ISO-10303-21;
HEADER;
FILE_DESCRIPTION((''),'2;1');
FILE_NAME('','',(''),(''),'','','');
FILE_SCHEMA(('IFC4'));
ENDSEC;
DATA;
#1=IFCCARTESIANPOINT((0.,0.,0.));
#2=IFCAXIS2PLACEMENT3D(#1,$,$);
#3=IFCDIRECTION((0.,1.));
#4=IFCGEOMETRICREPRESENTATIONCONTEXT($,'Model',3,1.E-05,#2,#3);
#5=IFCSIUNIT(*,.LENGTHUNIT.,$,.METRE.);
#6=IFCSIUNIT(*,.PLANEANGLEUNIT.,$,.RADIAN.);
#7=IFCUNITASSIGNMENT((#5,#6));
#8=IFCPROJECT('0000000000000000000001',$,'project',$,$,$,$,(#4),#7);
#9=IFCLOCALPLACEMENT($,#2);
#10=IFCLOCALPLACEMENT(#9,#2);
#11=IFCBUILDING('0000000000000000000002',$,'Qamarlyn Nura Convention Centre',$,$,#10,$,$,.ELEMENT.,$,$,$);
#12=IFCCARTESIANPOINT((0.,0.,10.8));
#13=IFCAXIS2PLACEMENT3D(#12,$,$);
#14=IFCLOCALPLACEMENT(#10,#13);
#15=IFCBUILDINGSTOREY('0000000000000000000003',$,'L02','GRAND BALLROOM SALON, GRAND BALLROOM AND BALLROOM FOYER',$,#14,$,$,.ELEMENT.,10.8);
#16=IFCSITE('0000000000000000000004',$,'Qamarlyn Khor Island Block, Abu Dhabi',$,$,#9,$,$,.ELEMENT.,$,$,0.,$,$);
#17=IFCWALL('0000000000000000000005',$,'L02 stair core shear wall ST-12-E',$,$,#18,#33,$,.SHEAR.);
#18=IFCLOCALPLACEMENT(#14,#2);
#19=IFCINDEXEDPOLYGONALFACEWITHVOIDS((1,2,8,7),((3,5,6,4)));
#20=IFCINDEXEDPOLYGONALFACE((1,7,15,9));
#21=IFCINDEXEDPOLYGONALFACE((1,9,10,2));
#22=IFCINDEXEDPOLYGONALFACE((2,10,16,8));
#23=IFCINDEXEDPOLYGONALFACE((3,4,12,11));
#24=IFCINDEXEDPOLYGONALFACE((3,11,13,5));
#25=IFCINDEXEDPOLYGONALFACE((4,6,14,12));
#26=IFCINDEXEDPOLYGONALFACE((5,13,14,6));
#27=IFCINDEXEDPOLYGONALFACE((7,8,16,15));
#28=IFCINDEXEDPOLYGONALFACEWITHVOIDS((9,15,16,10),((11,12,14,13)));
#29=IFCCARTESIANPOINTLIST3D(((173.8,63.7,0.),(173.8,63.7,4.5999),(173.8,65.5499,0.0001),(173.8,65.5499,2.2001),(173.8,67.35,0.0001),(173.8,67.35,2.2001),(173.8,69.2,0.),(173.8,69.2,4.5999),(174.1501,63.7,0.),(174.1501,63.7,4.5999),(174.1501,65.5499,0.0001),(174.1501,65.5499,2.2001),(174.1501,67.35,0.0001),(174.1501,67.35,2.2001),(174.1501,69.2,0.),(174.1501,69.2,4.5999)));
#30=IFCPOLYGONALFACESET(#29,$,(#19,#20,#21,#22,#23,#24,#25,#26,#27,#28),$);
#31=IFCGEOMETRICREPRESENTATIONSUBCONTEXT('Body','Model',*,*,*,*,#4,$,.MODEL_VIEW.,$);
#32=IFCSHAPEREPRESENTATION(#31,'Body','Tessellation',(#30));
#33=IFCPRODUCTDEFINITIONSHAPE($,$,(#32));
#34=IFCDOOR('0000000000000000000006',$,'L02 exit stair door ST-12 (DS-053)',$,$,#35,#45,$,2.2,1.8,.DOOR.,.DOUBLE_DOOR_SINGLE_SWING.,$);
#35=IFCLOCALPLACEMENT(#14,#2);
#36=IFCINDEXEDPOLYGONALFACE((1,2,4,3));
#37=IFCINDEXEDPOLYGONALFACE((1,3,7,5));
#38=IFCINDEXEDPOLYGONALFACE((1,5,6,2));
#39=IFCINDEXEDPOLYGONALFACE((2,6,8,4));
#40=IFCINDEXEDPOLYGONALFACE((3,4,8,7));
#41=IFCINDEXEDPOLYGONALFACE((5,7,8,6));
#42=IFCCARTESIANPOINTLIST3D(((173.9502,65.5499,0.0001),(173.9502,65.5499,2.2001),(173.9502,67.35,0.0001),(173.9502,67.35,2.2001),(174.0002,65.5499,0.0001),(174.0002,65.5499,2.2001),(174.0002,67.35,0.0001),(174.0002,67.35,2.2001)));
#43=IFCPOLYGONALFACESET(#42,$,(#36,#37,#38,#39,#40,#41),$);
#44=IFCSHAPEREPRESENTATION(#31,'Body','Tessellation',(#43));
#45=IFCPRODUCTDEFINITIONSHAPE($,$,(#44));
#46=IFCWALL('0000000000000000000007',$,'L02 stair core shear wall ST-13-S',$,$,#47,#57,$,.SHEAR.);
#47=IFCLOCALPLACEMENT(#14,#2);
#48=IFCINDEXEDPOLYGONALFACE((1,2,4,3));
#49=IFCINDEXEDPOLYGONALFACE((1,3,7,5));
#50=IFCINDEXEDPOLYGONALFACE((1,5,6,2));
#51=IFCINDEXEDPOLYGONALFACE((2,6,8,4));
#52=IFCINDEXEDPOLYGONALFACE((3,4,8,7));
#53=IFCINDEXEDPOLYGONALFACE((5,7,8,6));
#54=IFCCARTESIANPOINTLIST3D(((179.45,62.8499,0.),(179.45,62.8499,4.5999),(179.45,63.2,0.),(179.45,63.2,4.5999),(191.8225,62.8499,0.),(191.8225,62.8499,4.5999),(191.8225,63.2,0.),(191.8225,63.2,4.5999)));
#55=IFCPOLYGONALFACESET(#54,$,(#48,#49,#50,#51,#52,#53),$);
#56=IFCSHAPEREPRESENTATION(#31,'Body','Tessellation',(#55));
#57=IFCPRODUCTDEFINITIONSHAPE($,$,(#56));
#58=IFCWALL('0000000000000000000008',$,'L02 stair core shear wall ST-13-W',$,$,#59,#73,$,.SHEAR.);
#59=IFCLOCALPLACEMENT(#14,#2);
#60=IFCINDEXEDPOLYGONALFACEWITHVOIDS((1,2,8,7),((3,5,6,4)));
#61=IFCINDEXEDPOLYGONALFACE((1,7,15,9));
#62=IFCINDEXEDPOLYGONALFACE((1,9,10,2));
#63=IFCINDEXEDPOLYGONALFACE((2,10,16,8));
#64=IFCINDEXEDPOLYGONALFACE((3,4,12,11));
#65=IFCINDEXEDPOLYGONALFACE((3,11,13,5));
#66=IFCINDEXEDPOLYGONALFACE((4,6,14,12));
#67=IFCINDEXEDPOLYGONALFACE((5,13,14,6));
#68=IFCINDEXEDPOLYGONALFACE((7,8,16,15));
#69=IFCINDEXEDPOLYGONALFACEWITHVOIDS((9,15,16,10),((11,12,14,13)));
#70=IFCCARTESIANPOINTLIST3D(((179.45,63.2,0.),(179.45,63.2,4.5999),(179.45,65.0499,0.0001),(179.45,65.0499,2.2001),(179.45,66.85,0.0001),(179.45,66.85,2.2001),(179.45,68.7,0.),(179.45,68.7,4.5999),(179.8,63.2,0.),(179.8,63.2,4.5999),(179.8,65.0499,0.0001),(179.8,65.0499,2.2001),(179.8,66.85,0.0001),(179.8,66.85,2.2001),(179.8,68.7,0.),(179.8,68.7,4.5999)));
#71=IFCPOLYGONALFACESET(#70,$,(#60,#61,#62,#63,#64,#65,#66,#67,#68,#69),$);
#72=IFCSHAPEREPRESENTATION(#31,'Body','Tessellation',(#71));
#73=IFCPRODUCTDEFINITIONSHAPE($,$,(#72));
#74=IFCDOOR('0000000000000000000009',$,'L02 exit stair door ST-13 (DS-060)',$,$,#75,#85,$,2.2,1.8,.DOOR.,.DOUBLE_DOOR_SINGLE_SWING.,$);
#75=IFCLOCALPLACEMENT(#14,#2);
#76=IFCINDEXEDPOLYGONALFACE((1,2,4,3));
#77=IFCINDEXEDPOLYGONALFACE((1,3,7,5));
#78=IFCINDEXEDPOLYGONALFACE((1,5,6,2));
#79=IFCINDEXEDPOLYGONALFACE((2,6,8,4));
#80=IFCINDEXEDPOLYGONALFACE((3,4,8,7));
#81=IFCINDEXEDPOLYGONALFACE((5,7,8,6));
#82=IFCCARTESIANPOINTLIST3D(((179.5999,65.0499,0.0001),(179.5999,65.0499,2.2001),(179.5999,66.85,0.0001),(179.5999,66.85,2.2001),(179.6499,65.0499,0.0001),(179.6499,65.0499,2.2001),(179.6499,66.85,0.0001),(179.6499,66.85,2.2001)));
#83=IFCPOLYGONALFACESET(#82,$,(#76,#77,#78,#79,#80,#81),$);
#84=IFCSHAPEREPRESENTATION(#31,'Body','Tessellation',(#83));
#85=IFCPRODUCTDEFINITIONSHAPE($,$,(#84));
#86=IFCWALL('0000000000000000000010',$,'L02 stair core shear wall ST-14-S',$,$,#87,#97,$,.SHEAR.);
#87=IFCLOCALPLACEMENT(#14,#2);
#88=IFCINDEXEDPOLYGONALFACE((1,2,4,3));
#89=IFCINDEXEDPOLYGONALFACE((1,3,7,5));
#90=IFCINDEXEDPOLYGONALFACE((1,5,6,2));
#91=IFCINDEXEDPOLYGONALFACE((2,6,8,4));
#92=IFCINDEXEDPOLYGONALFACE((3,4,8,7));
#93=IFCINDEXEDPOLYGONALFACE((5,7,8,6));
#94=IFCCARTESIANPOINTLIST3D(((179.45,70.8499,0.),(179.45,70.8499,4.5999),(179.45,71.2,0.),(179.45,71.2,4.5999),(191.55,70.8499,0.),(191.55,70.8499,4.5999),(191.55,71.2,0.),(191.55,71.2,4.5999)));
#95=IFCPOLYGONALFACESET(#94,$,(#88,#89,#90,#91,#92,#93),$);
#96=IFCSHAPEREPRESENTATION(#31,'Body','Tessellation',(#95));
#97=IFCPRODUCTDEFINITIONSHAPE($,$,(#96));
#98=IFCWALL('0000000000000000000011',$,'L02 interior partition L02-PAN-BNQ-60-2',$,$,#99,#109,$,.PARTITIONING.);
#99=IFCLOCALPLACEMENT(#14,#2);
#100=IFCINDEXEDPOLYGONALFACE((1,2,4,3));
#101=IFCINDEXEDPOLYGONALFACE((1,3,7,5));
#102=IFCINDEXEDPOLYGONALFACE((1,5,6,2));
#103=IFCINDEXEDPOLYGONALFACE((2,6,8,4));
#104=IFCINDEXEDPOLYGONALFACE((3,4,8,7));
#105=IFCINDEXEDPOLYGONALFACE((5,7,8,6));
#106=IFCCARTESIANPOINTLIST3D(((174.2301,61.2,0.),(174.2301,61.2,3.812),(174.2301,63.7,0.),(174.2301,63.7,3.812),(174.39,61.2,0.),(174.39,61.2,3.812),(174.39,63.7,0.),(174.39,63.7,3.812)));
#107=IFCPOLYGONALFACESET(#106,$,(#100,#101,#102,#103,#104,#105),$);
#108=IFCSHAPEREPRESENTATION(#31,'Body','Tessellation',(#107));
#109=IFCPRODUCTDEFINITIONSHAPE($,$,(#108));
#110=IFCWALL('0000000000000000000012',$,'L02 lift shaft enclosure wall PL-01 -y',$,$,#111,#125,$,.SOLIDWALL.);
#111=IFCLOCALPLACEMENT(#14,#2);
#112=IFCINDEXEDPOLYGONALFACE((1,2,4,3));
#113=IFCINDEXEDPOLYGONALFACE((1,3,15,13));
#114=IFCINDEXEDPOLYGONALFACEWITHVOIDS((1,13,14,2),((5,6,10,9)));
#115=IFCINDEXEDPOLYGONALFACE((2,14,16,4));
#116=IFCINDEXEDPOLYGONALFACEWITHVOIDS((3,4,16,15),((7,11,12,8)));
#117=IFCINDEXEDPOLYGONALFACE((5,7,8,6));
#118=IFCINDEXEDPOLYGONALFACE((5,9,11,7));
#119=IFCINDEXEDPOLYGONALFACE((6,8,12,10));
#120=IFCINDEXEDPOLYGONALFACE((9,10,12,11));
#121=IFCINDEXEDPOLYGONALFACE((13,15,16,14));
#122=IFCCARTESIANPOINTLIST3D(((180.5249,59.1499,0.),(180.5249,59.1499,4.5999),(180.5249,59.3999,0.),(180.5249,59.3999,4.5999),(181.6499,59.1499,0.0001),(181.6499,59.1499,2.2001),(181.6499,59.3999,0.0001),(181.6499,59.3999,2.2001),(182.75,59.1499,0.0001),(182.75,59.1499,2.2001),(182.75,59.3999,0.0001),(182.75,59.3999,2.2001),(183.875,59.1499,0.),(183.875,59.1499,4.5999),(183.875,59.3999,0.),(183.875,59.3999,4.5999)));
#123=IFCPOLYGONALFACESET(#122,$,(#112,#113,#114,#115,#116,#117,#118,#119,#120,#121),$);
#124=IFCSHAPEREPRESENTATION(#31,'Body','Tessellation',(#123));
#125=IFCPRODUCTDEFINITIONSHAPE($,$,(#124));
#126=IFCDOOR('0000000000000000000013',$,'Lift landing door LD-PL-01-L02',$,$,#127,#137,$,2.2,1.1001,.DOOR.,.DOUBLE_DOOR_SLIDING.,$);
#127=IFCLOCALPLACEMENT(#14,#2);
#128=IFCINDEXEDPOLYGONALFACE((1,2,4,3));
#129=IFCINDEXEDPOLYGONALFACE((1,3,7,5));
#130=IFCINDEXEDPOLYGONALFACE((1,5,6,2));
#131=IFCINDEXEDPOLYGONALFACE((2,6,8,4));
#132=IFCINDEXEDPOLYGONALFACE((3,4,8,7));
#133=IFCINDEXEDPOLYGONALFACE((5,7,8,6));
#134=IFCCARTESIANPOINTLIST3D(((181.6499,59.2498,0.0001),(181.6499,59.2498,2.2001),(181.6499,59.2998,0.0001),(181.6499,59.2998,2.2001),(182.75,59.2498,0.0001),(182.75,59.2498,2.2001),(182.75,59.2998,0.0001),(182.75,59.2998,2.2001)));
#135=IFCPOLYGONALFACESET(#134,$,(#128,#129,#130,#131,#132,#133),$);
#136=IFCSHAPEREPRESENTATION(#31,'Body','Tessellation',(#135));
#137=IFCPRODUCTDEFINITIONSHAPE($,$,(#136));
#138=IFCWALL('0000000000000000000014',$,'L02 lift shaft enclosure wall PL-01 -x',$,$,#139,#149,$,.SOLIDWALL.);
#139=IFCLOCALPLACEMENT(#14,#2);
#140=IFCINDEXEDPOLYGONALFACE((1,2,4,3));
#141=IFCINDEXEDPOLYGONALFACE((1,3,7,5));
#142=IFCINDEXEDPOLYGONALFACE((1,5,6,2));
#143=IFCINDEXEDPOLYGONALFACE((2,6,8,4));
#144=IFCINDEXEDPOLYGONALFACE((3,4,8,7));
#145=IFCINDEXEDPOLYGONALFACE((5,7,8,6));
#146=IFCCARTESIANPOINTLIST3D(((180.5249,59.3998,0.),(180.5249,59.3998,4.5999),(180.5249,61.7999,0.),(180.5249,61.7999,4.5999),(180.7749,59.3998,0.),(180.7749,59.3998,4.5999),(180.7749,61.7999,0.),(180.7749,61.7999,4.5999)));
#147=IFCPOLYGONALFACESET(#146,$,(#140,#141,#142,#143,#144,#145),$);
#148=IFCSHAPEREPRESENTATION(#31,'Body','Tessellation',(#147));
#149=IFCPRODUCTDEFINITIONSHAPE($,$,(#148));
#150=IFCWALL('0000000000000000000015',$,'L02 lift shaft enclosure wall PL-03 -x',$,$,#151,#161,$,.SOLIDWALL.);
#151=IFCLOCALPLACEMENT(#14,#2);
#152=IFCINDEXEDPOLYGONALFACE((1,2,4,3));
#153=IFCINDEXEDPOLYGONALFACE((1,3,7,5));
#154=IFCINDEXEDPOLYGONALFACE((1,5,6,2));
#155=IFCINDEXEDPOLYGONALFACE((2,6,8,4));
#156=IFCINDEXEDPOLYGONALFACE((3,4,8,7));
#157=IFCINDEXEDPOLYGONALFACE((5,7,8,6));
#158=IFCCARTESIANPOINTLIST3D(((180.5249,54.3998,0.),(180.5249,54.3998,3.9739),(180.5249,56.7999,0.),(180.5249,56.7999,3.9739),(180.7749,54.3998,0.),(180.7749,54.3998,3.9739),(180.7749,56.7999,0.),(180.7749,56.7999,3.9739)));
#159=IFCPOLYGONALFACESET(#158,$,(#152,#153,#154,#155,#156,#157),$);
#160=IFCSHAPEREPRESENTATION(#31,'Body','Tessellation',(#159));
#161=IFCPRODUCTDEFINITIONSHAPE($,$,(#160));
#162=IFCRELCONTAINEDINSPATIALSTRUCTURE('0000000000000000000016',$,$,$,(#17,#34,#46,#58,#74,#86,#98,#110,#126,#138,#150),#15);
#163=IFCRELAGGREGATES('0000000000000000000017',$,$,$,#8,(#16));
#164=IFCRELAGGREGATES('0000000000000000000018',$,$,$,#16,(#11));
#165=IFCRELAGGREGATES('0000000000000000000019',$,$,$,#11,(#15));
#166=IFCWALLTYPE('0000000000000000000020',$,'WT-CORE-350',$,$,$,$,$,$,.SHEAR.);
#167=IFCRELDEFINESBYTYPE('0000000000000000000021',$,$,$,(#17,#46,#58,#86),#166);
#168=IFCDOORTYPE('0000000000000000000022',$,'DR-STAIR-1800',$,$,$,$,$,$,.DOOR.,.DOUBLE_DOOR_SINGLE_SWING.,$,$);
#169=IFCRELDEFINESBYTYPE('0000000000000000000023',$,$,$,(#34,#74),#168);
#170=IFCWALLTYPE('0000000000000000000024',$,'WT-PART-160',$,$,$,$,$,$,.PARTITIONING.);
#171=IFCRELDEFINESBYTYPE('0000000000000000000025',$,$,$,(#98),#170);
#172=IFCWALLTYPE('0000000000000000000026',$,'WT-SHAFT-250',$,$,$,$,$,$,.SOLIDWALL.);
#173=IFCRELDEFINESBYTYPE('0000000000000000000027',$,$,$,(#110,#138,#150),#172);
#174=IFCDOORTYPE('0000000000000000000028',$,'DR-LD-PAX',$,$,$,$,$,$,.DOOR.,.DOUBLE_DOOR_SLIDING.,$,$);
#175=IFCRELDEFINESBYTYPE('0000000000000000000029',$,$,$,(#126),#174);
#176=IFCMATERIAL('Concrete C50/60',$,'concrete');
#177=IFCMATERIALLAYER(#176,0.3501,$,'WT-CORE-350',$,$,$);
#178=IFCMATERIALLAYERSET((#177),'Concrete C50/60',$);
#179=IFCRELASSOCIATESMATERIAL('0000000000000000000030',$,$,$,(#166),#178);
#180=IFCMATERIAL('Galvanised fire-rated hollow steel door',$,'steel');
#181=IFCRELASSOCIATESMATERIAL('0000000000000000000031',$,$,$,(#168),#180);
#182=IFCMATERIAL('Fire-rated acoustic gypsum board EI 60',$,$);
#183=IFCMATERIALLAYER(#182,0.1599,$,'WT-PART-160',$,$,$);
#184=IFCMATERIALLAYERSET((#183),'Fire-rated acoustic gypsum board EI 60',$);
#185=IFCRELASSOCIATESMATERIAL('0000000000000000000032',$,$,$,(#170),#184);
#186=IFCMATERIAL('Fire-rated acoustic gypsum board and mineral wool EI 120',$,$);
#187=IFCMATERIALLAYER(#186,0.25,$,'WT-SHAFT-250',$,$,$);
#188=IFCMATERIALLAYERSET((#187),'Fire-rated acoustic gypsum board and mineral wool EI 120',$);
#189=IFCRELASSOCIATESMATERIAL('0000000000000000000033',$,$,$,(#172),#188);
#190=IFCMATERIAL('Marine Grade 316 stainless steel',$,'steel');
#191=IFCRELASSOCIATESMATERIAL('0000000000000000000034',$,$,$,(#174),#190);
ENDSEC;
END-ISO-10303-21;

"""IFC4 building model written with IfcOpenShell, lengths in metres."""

from ifc_helpers import new_model, si_unit, direction, frame, frame_2d, origin, place, context, subcontext, project, spatial, rectangle, extrude, material, layer, layer_set, type_object, element, fill, save


model = new_model("IFC4")

# Units and contexts
model_context = context("Model", 3, precision=1e-05, world=origin(), true_north=direction((0.0, 1.0)))
body_context = subcontext(model_context, "Body", "Model", "MODEL_VIEW")
ifc_project = project(units=[si_unit("LENGTHUNIT", "METRE"), si_unit("PLANEANGLEUNIT", "RADIAN")], contexts=[model_context])

# Site, building, storey
site_placement = place(None, origin())
site = spatial("IfcSite", under=ifc_project, at=site_placement, Name="Qamarlyn Khor Island Block, Abu Dhabi", CompositionType="ELEMENT", RefElevation=0.0)
building_placement = place(site_placement, origin())
building = spatial("IfcBuilding", under=site, at=building_placement, Name="Qamarlyn Nura Convention Centre", CompositionType="ELEMENT")
storey_placement = place(building_placement, frame((0.0, 0.0, 10.8)))
storey = spatial("IfcBuildingStorey", under=building, at=storey_placement, Name="L02", Description="GRAND BALLROOM SALON, GRAND BALLROOM AND BALLROOM FOYER", CompositionType="ELEMENT", Elevation=10.8)

# Shared definitions
ifc_material_1 = material(Name="Concrete C50/60", Category="concrete")
ifc_layer_1 = layer(ifc_material_1, 0.3501, Name="WT-CORE-350")
ifc_layer_set_1 = layer_set([ifc_layer_1], Name="Concrete C50/60")
wall_type_1 = type_object("IfcWallType", Name="WT-CORE-350", PredefinedType="SHEAR", material=ifc_layer_set_1)

# Wall, opening, door
wall_1_placement = place(storey_placement, frame((173.9751, 63.7, 0.0), z_axis=(0.0, 0.0, 1.0), x_axis=(0.0, 1.0, 0.0)))
wall_1 = element("IfcWall", 1, at=wall_1_placement, inside=storey, type_object=wall_type_1, Name="L02 stair core shear wall ST-12-E", PredefinedType="SHEAR", context=body_context, shape_type="SweptSolid", body=[
    extrude(rectangle(XDim=5.5, YDim=0.3501, at=frame_2d((2.75, 0.0))), origin(), (0.0, 0.0, 1.0), 4.5999),
])
opening_1_placement = place(wall_1_placement, frame((1.8501, 0.0, 0.0)))
opening_1 = element("IfcOpeningElement", 2, at=opening_1_placement, cuts=wall_1, PredefinedType="OPENING", context=body_context, shape_type="SweptSolid", body=[
    extrude(rectangle(XDim=1.8, YDim=2.2, at=frame_2d((0.8999, 1.1001))), frame((0.0, 0.1851, 0.0), z_axis=(0.0, -1.0, 0.0), x_axis=(1.0, 0.0, 0.0)), (0.0, 0.0, 1.0), 0.3701),
])
ifc_material_2 = material(Name="Galvanised fire-rated hollow steel door", Category="steel")
door_type_1 = type_object("IfcDoorType", Name="DR-STAIR-1800", OperationType="DOUBLE_DOOR_SINGLE_SWING", PredefinedType="DOOR", material=ifc_material_2)
door_1_placement = place(opening_1_placement, origin())
door_1 = element("IfcDoor", 3, at=door_1_placement, inside=storey, type_object=door_type_1, Name="L02 exit stair door ST-12 (DS-053)", OperationType="DOUBLE_DOOR_SINGLE_SWING", OverallHeight=2.2, OverallWidth=1.8, PredefinedType="DOOR", context=body_context, shape_type="SweptSolid", body=[
    extrude(rectangle(XDim=1.8, YDim=2.2, at=frame_2d((0.8999, 1.1001))), frame((0.0, 0.0249, 0.0), z_axis=(0.0, -1.0, 0.0), x_axis=(1.0, 0.0, 0.0)), (0.0, 0.0, 1.0), 0.05),
])
fill(opening_1, door_1)

# Wall
wall_2_placement = place(storey_placement, frame((179.45, 63.0249, 0.0), z_axis=(0.0, 0.0, 1.0), x_axis=(1.0, 0.0, 0.0)))
element("IfcWall", 4, at=wall_2_placement, inside=storey, type_object=wall_type_1, Name="L02 stair core shear wall ST-13-S", PredefinedType="SHEAR", context=body_context, shape_type="SweptSolid", body=[
    extrude(rectangle(XDim=12.3726, YDim=0.3501, at=frame_2d((6.1863, 0.0))), origin(), (0.0, 0.0, 1.0), 4.5999),
])

# Wall, opening, door
wall_3_placement = place(storey_placement, frame((179.625, 68.7, 0.0), z_axis=(0.0, 0.0, 1.0), x_axis=(0.0, -1.0, 0.0)))
wall_3 = element("IfcWall", 5, at=wall_3_placement, inside=storey, type_object=wall_type_1, Name="L02 stair core shear wall ST-13-W", PredefinedType="SHEAR", context=body_context, shape_type="SweptSolid", body=[
    extrude(rectangle(XDim=5.5, YDim=0.3501, at=frame_2d((2.75, 0.0))), origin(), (0.0, 0.0, 1.0), 4.5999),
])
opening_2_placement = place(wall_3_placement, frame((1.8501, 0.0, 0.0)))
opening_2 = element("IfcOpeningElement", 6, at=opening_2_placement, cuts=wall_3, PredefinedType="OPENING", context=body_context, shape_type="SweptSolid", body=[
    extrude(rectangle(XDim=1.8, YDim=2.2, at=frame_2d((0.8999, 1.1001))), frame((0.0, 0.1851, 0.0), z_axis=(0.0, -1.0, 0.0), x_axis=(1.0, 0.0, 0.0)), (0.0, 0.0, 1.0), 0.3701),
])
door_2_placement = place(opening_2_placement, origin())
door_2 = element("IfcDoor", 7, at=door_2_placement, inside=storey, type_object=door_type_1, Name="L02 exit stair door ST-13 (DS-060)", OperationType="DOUBLE_DOOR_SINGLE_SWING", OverallHeight=2.2, OverallWidth=1.8, PredefinedType="DOOR", context=body_context, shape_type="SweptSolid", body=[
    extrude(rectangle(XDim=1.8, YDim=2.2, at=frame_2d((0.8999, 1.1001))), frame((0.0, 0.0249, 0.0), z_axis=(0.0, -1.0, 0.0), x_axis=(1.0, 0.0, 0.0)), (0.0, 0.0, 1.0), 0.05),
])
fill(opening_2, door_2)

# Walls
wall_4_placement = place(storey_placement, frame((179.45, 71.0249, 0.0), z_axis=(0.0, 0.0, 1.0), x_axis=(1.0, 0.0, 0.0)))
element("IfcWall", 8, at=wall_4_placement, inside=storey, type_object=wall_type_1, Name="L02 stair core shear wall ST-14-S", PredefinedType="SHEAR", context=body_context, shape_type="SweptSolid", body=[
    extrude(rectangle(XDim=12.1001, YDim=0.3501, at=frame_2d((6.05, 0.0))), origin(), (0.0, 0.0, 1.0), 4.5999),
])
ifc_material_3 = material(Name="Fire-rated acoustic gypsum board EI 60")
ifc_layer_2 = layer(ifc_material_3, 0.1599, Name="WT-PART-160")
ifc_layer_set_2 = layer_set([ifc_layer_2], Name="Fire-rated acoustic gypsum board EI 60")
wall_type_2 = type_object("IfcWallType", Name="WT-PART-160", PredefinedType="PARTITIONING", material=ifc_layer_set_2)
wall_5_placement = place(storey_placement, frame((174.3101, 63.7, 0.0), z_axis=(0.0, 0.0, 1.0), x_axis=(0.0, -1.0, 0.0)))
element("IfcWall", 9, at=wall_5_placement, inside=storey, type_object=wall_type_2, Name="L02 interior partition L02-PAN-BNQ-60-2", PredefinedType="PARTITIONING", context=body_context, shape_type="SweptSolid", body=[
    extrude(rectangle(XDim=2.5, YDim=0.1599, at=frame_2d((1.25, 0.0))), origin(), (0.0, 0.0, 1.0), 3.812),
])

# Wall, opening, door
ifc_material_4 = material(Name="Fire-rated acoustic gypsum board and mineral wool EI 120")
ifc_layer_3 = layer(ifc_material_4, 0.25, Name="WT-SHAFT-250")
ifc_layer_set_3 = layer_set([ifc_layer_3], Name="Fire-rated acoustic gypsum board and mineral wool EI 120")
wall_type_3 = type_object("IfcWallType", Name="WT-SHAFT-250", PredefinedType="SOLIDWALL", material=ifc_layer_set_3)
wall_6_placement = place(storey_placement, frame((180.5249, 59.2749, 0.0), z_axis=(0.0, 0.0, 1.0), x_axis=(1.0, 0.0, 0.0)))
wall_6 = element("IfcWall", 10, at=wall_6_placement, inside=storey, type_object=wall_type_3, Name="L02 lift shaft enclosure wall PL-01 -y", PredefinedType="SOLIDWALL", context=body_context, shape_type="SweptSolid", body=[
    extrude(rectangle(XDim=3.3501, YDim=0.25, at=frame_2d((1.675, 0.0))), origin(), (0.0, 0.0, 1.0), 4.5999),
])
opening_3_placement = place(wall_6_placement, frame((1.125, 0.0, 0.0)))
opening_3 = element("IfcOpeningElement", 11, at=opening_3_placement, cuts=wall_6, PredefinedType="OPENING", context=body_context, shape_type="SweptSolid", body=[
    extrude(rectangle(XDim=1.1001, YDim=2.2, at=frame_2d((0.55, 1.1001))), frame((0.0, 0.135, 0.0), z_axis=(0.0, -1.0, 0.0), x_axis=(1.0, 0.0, 0.0)), (0.0, 0.0, 1.0), 0.27),
])
ifc_material_5 = material(Name="Marine Grade 316 stainless steel", Category="steel")
door_type_2 = type_object("IfcDoorType", Name="DR-LD-PAX", OperationType="DOUBLE_DOOR_SLIDING", PredefinedType="DOOR", material=ifc_material_5)
door_3_placement = place(opening_3_placement, origin())
door_3 = element("IfcDoor", 12, at=door_3_placement, inside=storey, type_object=door_type_2, Name="Lift landing door LD-PL-01-L02", OperationType="DOUBLE_DOOR_SLIDING", OverallHeight=2.2, OverallWidth=1.1001, PredefinedType="DOOR", context=body_context, shape_type="SweptSolid", body=[
    extrude(rectangle(XDim=1.1001, YDim=2.2, at=frame_2d((0.55, 1.1001))), frame((0.0, 0.0249, 0.0), z_axis=(0.0, -1.0, 0.0), x_axis=(1.0, 0.0, 0.0)), (0.0, 0.0, 1.0), 0.05),
])
fill(opening_3, door_3)

# Walls
wall_7_placement = place(storey_placement, frame((180.6499, 61.8, 0.0), z_axis=(0.0, 0.0, 1.0), x_axis=(0.0, -1.0, 0.0)))
element("IfcWall", 13, at=wall_7_placement, inside=storey, type_object=wall_type_3, Name="L02 lift shaft enclosure wall PL-01 -x", PredefinedType="SOLIDWALL", context=body_context, shape_type="SweptSolid", body=[
    extrude(rectangle(XDim=2.4001, YDim=0.25, at=frame_2d((1.2002, 0.0))), origin(), (0.0, 0.0, 1.0), 4.5999),
])
wall_8_placement = place(storey_placement, frame((180.6499, 56.8, 0.0), z_axis=(0.0, 0.0, 1.0), x_axis=(0.0, -1.0, 0.0)))
element("IfcWall", 14, at=wall_8_placement, inside=storey, type_object=wall_type_3, Name="L02 lift shaft enclosure wall PL-03 -x", PredefinedType="SOLIDWALL", context=body_context, shape_type="SweptSolid", body=[
    extrude(rectangle(XDim=2.4001, YDim=0.25, at=frame_2d((1.2002, 0.0))), origin(), (0.0, 0.0, 1.0), 3.9739),
])

save(model, "model.ifc")
